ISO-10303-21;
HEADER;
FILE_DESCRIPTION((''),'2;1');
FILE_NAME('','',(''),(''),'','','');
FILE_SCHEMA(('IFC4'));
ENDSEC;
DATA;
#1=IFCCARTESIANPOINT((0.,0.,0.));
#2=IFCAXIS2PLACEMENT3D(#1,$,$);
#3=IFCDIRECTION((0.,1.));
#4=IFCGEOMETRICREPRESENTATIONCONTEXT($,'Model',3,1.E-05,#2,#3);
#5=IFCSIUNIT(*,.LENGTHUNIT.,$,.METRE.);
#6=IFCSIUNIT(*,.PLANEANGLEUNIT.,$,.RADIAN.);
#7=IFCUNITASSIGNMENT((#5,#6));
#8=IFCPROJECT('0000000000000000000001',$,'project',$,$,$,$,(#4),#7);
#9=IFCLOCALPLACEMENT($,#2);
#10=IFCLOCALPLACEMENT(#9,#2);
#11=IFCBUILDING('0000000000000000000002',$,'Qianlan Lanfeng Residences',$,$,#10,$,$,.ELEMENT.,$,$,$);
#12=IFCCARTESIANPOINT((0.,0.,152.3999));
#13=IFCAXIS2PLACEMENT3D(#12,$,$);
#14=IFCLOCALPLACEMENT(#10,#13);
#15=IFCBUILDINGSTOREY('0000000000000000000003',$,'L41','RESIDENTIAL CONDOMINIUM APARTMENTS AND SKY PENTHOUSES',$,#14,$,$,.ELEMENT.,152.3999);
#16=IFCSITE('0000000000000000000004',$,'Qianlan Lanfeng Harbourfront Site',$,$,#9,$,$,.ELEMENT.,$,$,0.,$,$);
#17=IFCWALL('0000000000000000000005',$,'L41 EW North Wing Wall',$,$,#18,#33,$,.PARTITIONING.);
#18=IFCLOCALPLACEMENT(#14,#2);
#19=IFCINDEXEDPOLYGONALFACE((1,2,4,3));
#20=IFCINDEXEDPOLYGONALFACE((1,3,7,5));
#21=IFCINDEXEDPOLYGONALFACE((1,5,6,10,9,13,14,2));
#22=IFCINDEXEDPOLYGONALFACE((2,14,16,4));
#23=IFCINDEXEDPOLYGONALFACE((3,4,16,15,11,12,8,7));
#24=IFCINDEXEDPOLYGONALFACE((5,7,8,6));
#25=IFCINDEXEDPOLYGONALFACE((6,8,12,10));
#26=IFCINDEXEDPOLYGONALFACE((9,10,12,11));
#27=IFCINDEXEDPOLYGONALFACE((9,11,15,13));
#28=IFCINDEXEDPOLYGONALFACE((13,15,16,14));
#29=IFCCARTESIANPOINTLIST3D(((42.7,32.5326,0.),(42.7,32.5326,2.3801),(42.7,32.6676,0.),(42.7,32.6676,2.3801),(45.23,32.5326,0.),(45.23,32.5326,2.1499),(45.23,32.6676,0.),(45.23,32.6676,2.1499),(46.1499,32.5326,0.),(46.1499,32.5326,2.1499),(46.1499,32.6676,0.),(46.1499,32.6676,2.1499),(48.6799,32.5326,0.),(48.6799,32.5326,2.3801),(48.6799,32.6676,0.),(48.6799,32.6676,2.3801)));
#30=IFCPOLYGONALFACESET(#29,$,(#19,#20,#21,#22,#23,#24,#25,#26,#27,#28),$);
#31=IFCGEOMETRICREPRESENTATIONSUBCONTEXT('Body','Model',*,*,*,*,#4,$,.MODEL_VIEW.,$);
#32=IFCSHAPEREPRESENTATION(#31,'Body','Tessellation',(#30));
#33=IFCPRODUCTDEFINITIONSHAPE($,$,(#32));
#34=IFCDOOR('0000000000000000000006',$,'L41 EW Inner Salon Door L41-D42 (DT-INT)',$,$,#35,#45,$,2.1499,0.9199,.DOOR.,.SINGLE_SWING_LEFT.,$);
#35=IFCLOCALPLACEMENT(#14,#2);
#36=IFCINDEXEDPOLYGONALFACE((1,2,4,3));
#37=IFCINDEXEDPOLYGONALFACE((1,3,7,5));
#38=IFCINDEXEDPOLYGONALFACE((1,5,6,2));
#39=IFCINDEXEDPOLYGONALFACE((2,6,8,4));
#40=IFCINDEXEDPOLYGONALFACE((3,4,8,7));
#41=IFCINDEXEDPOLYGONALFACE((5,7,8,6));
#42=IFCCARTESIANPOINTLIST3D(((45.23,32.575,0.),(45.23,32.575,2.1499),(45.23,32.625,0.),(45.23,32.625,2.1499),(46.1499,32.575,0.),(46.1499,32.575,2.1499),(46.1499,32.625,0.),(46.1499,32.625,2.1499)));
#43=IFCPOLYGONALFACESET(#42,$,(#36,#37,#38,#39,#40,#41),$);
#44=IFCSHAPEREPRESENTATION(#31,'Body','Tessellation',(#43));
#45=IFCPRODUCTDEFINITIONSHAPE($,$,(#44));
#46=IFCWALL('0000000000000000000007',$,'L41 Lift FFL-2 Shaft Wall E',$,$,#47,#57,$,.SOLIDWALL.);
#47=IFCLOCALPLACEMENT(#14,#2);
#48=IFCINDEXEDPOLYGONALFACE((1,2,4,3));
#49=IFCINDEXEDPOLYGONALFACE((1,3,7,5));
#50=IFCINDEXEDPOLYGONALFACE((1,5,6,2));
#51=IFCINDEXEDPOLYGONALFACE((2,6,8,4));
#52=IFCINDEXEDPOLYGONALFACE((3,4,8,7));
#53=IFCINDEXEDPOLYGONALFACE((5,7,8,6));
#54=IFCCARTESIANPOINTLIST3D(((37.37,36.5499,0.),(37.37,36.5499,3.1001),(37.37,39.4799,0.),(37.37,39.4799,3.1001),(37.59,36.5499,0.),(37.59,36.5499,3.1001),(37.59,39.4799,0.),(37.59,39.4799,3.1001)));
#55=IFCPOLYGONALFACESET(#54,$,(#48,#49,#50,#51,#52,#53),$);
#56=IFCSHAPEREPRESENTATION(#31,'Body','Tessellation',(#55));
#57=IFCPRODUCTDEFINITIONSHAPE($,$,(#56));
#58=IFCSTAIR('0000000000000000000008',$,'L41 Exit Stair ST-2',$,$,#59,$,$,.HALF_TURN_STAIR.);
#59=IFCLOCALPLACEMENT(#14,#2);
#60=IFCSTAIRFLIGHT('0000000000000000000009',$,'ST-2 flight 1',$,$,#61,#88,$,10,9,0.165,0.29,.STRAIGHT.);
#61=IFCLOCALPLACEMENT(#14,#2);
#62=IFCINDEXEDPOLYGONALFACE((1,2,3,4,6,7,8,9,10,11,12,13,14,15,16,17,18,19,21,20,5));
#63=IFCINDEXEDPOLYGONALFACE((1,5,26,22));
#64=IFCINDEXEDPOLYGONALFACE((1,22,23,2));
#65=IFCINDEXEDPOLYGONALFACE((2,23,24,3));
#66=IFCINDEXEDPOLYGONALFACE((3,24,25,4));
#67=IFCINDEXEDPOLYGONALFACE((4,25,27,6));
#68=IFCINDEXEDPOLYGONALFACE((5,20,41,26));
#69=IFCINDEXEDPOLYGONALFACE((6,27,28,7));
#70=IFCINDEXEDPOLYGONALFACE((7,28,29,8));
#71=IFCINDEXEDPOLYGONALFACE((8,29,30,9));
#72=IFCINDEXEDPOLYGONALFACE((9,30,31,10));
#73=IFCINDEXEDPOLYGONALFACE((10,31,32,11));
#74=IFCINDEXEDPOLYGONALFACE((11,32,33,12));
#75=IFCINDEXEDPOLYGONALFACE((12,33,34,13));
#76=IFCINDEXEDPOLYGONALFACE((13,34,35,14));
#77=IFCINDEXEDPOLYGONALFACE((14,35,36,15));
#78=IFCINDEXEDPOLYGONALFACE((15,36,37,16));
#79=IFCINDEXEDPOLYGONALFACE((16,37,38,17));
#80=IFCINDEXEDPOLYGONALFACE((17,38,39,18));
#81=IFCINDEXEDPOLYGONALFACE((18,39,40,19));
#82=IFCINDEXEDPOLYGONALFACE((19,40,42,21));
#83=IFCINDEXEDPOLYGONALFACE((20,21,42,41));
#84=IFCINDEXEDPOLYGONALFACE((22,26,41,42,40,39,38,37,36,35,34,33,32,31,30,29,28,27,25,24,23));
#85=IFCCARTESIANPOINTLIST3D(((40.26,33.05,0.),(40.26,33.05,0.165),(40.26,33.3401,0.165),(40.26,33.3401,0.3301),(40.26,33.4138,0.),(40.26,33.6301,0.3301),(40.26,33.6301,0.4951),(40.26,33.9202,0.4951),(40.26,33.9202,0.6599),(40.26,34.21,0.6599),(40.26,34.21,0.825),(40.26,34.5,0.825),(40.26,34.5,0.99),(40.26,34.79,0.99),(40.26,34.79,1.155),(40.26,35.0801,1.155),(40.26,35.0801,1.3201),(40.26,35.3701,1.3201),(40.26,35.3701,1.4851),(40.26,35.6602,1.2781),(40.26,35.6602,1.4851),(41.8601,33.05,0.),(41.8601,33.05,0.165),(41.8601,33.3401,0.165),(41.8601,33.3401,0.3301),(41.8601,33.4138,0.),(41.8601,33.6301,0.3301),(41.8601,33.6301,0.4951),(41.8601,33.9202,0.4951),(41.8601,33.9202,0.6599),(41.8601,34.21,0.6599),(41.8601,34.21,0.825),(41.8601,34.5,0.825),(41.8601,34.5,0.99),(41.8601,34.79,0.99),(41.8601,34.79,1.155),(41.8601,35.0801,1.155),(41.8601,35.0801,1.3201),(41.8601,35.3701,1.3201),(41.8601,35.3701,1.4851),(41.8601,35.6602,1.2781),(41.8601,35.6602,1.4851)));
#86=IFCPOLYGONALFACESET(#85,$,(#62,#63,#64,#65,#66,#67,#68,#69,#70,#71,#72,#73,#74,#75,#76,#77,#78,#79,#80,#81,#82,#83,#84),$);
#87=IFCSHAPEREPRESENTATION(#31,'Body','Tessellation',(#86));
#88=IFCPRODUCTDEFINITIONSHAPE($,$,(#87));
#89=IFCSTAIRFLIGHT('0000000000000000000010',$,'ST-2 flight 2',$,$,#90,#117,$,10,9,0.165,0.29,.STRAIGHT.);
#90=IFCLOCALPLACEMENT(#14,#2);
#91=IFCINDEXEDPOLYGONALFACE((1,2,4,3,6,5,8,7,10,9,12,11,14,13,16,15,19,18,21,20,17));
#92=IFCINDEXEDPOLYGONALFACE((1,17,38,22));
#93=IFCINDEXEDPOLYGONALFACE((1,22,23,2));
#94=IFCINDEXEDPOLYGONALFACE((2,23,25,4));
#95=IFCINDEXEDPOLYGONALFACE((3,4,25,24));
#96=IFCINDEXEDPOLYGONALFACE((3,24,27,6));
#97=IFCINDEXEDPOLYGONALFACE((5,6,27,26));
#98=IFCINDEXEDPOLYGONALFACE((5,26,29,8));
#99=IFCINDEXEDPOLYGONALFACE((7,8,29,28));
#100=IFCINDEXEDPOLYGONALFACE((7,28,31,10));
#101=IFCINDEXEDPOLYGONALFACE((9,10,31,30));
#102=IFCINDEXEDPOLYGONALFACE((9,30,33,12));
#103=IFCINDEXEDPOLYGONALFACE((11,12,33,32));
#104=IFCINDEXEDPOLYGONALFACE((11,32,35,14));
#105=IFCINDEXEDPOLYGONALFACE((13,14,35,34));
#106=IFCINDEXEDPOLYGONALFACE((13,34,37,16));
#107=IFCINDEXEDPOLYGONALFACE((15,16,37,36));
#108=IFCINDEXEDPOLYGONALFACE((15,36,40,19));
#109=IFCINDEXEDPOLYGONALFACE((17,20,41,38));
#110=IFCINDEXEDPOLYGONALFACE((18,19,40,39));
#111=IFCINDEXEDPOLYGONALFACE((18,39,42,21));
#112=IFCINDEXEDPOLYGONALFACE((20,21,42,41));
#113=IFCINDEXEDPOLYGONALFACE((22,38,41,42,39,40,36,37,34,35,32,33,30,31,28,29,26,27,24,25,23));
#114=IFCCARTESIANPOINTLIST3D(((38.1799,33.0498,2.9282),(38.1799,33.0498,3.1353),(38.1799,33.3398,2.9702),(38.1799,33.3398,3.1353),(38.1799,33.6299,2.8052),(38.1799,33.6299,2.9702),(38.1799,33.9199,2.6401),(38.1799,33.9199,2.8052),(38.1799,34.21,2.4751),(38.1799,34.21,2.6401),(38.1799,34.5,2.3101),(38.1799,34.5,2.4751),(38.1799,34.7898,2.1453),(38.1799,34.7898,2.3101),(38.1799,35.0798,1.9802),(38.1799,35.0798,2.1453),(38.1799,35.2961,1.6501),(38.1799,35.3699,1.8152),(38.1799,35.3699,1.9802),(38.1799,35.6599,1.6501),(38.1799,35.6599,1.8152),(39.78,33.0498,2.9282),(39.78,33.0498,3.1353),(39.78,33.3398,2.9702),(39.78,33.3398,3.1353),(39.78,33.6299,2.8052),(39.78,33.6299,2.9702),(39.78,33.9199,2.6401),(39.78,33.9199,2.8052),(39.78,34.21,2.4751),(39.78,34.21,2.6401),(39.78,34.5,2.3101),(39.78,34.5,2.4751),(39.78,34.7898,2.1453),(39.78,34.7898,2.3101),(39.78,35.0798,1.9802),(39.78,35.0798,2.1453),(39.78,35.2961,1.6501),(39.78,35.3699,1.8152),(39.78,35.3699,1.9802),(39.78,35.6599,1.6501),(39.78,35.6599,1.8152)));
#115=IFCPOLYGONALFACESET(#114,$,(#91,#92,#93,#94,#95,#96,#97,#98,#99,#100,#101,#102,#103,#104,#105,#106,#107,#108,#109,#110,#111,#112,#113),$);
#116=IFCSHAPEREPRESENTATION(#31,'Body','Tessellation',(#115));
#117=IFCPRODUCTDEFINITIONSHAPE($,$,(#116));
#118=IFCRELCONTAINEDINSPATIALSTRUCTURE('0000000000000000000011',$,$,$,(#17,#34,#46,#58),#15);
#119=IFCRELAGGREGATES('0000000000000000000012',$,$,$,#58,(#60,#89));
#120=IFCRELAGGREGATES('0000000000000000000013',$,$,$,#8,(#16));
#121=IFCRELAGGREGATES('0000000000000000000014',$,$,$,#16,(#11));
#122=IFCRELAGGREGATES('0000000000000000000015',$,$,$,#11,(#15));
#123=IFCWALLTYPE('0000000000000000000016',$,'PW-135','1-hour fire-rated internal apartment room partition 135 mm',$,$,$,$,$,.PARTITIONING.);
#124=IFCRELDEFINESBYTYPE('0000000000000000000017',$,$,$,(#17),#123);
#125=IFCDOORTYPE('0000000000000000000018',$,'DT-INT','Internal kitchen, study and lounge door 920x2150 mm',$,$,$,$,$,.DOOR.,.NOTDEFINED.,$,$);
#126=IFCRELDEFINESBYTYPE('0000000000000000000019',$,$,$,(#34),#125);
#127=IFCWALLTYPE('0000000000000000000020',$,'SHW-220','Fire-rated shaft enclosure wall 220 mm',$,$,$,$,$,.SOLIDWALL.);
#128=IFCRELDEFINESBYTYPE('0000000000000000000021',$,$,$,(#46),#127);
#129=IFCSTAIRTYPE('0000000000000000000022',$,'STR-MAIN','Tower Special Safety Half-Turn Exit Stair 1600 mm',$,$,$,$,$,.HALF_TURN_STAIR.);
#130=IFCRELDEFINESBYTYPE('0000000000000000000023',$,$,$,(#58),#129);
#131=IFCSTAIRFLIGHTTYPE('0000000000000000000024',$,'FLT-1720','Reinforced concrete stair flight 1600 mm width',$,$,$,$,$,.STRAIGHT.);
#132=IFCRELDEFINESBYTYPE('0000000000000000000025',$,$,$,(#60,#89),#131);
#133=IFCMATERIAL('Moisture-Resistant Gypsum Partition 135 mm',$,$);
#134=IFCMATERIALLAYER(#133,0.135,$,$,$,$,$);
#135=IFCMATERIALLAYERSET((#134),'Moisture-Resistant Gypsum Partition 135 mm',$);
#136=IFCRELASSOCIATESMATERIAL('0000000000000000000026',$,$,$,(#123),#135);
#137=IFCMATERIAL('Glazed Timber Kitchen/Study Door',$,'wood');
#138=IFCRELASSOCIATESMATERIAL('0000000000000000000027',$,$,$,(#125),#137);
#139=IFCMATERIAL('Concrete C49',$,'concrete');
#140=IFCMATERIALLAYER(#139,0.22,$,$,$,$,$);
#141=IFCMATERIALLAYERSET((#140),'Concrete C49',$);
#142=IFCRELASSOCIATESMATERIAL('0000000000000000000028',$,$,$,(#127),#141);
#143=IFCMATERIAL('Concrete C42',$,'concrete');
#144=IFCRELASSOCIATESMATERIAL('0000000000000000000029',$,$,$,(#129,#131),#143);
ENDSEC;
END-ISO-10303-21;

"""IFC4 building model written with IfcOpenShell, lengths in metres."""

from ifc_helpers import new_model, si_unit, direction, frame, frame_2d, origin, place, context, subcontext, project, spatial, polyline, rectangle, outline, extrude, material, layer, layer_set, type_object, element, fill, aggregate, save


model = new_model("IFC4")

# Units and contexts
model_context = context("Model", 3, precision=1e-05, world=origin(), true_north=direction((0.0, 1.0)))
body_context = subcontext(model_context, "Body", "Model", "MODEL_VIEW")
ifc_project = project(units=[si_unit("LENGTHUNIT", "METRE"), si_unit("PLANEANGLEUNIT", "RADIAN")], contexts=[model_context])

# Site, building, storey
site_placement = place(None, origin())
site = spatial("IfcSite", under=ifc_project, at=site_placement, Name="Qianlan Lanfeng Harbourfront Site", CompositionType="ELEMENT", RefElevation=0.0)
building_placement = place(site_placement, origin())
building = spatial("IfcBuilding", under=site, at=building_placement, Name="Qianlan Lanfeng Residences", CompositionType="ELEMENT")
storey_placement = place(building_placement, frame((0.0, 0.0, 152.3999)))
storey = spatial("IfcBuildingStorey", under=building, at=storey_placement, Name="L41", Description="RESIDENTIAL CONDOMINIUM APARTMENTS AND SKY PENTHOUSES", CompositionType="ELEMENT", Elevation=152.3999)

# Shared definitions
ifc_material_1 = material(Name="Concrete C42", Category="concrete")

# Wall, opening, door
ifc_material_2 = material(Name="Moisture-Resistant Gypsum Partition 135 mm")
ifc_layer_1 = layer(ifc_material_2, 0.135)
ifc_layer_set_1 = layer_set([ifc_layer_1], Name="Moisture-Resistant Gypsum Partition 135 mm")
wall_type_1 = type_object("IfcWallType", Name="PW-135", Description="1-hour fire-rated internal apartment room partition 135 mm", PredefinedType="PARTITIONING", material=ifc_layer_set_1)
wall_1_placement = place(storey_placement, frame((42.7, 32.6001, 0.0), z_axis=(0.0, 0.0, 1.0), x_axis=(1.0, 0.0, 0.0)))
wall_1 = element("IfcWall", 1, at=wall_1_placement, inside=storey, type_object=wall_type_1, Name="L41 EW North Wing Wall", PredefinedType="PARTITIONING", context=body_context, shape_type="SweptSolid", body=[
    extrude(rectangle(XDim=5.98, YDim=0.135, at=frame_2d((2.99, 0.0))), origin(), (0.0, 0.0, 1.0), 2.3801),
])
opening_1_placement = place(wall_1_placement, frame((2.53, 0.0, 0.0)))
opening_1 = element("IfcOpeningElement", 2, at=opening_1_placement, cuts=wall_1, PredefinedType="OPENING", context=body_context, shape_type="SweptSolid", body=[
    extrude(rectangle(XDim=0.9199, YDim=2.1499, at=frame_2d((0.46, 1.075))), frame((0.0, 0.0776, 0.0), z_axis=(0.0, -1.0, 0.0), x_axis=(1.0, 0.0, 0.0)), (0.0, 0.0, 1.0), 0.155),
])
ifc_material_3 = material(Name="Glazed Timber Kitchen/Study Door", Category="wood")
door_type_1 = type_object("IfcDoorType", Name="DT-INT", Description="Internal kitchen, study and lounge door 920x2150 mm", OperationType="NOTDEFINED", PredefinedType="DOOR", material=ifc_material_3)
door_1_placement = place(opening_1_placement, origin())
door_1 = element("IfcDoor", 3, at=door_1_placement, inside=storey, type_object=door_type_1, Name="L41 EW Inner Salon Door L41-D42 (DT-INT)", OperationType="SINGLE_SWING_LEFT", OverallHeight=2.1499, OverallWidth=0.9199, PredefinedType="DOOR", context=body_context, shape_type="SweptSolid", body=[
    extrude(rectangle(XDim=0.9199, YDim=2.1499, at=frame_2d((0.46, 1.075))), frame((0.0, 0.0249, 0.0), z_axis=(0.0, -1.0, 0.0), x_axis=(1.0, 0.0, 0.0)), (0.0, 0.0, 1.0), 0.05),
])
fill(opening_1, door_1)

# Wall
ifc_material_4 = material(Name="Concrete C49", Category="concrete")
ifc_layer_2 = layer(ifc_material_4, 0.22)
ifc_layer_set_2 = layer_set([ifc_layer_2], Name="Concrete C49")
wall_type_2 = type_object("IfcWallType", Name="SHW-220", Description="Fire-rated shaft enclosure wall 220 mm", PredefinedType="SOLIDWALL", material=ifc_layer_set_2)
wall_2_placement = place(storey_placement, frame((37.48, 36.55, 0.0), z_axis=(0.0, 0.0, 1.0), x_axis=(0.0, 1.0, 0.0)))
element("IfcWall", 4, at=wall_2_placement, inside=storey, type_object=wall_type_2, Name="L41 Lift FFL-2 Shaft Wall E", PredefinedType="SOLIDWALL", context=body_context, shape_type="SweptSolid", body=[
    extrude(rectangle(XDim=2.9299, YDim=0.22, at=frame_2d((1.4648, 0.0))), origin(), (0.0, 0.0, 1.0), 3.1001),
])

# Stair, stair flights
stair_type = type_object("IfcStairType", Name="STR-MAIN", Description="Tower Special Safety Half-Turn Exit Stair 1600 mm", PredefinedType="HALF_TURN_STAIR", material=ifc_material_1)
stair_placement = place(storey_placement, origin())
stair = element("IfcStair", 5, at=stair_placement, inside=storey, type_object=stair_type, Name="L41 Exit Stair ST-2", PredefinedType="HALF_TURN_STAIR")
stair_flight_type = type_object("IfcStairFlightType", Name="FLT-1720", Description="Reinforced concrete stair flight 1600 mm width", PredefinedType="STRAIGHT", material=ifc_material_1)
stair_flight_1_placement = place(storey_placement, frame((41.0601, 33.05, 0.0), z_axis=(0.0, 0.0, 1.0), x_axis=(0.0, 1.0, 0.0)))
stair_flight_1 = element("IfcStairFlight", 6, at=stair_flight_1_placement, type_object=stair_flight_type, Name="ST-2 flight 1", NumberOfRisers=10, NumberOfTreads=9, PredefinedType="STRAIGHT", RiserHeight=0.165, TreadLength=0.29, context=body_context, shape_type="SweptSolid", body=[
    extrude(outline(polyline([(0.0, 0.0), (0.0, 0.165), (0.29, 0.165), (0.29, 0.3301), (0.5801, 0.3301), (0.5801, 0.4951), (0.8701, 0.4951), (0.8701, 0.6599), (1.1599, 0.6599), (1.1599, 0.825), (1.45, 0.825), (1.45, 0.99), (1.74, 0.99), (1.74, 1.155), (2.03, 1.155), (2.03, 1.3201), (2.3201, 1.3201), (2.3201, 1.4851), (2.6101, 1.4851), (2.6101, 1.6499), (2.6101, 1.2781), (0.3638, 0.0), (0.0, 0.0)])), frame((0.0, 0.8, 0.0), z_axis=(0.0, -1.0, 0.0), x_axis=(1.0, 0.0, 0.0)), (0.0, 0.0, 1.0), 1.6001),
])
stair_flight_2_placement = place(storey_placement, frame((38.98, 35.6599, 1.6501), z_axis=(0.0, 0.0, 1.0), x_axis=(0.0, -1.0, 0.0)))
stair_flight_2 = element("IfcStairFlight", 7, at=stair_flight_2_placement, type_object=stair_flight_type, Name="ST-2 flight 2", NumberOfRisers=10, NumberOfTreads=9, PredefinedType="STRAIGHT", RiserHeight=0.165, TreadLength=0.29, context=body_context, shape_type="SweptSolid", body=[
    extrude(outline(polyline([(0.0, 0.0), (0.0, 0.165), (0.29, 0.165), (0.29, 0.3301), (0.5801, 0.3301), (0.5801, 0.4951), (0.8701, 0.4951), (0.8701, 0.6599), (1.1599, 0.6599), (1.1599, 0.825), (1.45, 0.825), (1.45, 0.99), (1.74, 0.99), (1.74, 1.155), (2.03, 1.155), (2.03, 1.3201), (2.3201, 1.3201), (2.3201, 1.4851), (2.6101, 1.4851), (2.6101, 1.6499), (2.6101, 1.2781), (0.3638, 0.0), (0.0, 0.0)])), frame((0.0, 0.8, 0.0), z_axis=(0.0, -1.0, 0.0), x_axis=(1.0, 0.0, 0.0)), (0.0, 0.0, 1.0), 1.6001),
])
aggregate(stair, [stair_flight_1, stair_flight_2])

save(model, "model.ifc")
